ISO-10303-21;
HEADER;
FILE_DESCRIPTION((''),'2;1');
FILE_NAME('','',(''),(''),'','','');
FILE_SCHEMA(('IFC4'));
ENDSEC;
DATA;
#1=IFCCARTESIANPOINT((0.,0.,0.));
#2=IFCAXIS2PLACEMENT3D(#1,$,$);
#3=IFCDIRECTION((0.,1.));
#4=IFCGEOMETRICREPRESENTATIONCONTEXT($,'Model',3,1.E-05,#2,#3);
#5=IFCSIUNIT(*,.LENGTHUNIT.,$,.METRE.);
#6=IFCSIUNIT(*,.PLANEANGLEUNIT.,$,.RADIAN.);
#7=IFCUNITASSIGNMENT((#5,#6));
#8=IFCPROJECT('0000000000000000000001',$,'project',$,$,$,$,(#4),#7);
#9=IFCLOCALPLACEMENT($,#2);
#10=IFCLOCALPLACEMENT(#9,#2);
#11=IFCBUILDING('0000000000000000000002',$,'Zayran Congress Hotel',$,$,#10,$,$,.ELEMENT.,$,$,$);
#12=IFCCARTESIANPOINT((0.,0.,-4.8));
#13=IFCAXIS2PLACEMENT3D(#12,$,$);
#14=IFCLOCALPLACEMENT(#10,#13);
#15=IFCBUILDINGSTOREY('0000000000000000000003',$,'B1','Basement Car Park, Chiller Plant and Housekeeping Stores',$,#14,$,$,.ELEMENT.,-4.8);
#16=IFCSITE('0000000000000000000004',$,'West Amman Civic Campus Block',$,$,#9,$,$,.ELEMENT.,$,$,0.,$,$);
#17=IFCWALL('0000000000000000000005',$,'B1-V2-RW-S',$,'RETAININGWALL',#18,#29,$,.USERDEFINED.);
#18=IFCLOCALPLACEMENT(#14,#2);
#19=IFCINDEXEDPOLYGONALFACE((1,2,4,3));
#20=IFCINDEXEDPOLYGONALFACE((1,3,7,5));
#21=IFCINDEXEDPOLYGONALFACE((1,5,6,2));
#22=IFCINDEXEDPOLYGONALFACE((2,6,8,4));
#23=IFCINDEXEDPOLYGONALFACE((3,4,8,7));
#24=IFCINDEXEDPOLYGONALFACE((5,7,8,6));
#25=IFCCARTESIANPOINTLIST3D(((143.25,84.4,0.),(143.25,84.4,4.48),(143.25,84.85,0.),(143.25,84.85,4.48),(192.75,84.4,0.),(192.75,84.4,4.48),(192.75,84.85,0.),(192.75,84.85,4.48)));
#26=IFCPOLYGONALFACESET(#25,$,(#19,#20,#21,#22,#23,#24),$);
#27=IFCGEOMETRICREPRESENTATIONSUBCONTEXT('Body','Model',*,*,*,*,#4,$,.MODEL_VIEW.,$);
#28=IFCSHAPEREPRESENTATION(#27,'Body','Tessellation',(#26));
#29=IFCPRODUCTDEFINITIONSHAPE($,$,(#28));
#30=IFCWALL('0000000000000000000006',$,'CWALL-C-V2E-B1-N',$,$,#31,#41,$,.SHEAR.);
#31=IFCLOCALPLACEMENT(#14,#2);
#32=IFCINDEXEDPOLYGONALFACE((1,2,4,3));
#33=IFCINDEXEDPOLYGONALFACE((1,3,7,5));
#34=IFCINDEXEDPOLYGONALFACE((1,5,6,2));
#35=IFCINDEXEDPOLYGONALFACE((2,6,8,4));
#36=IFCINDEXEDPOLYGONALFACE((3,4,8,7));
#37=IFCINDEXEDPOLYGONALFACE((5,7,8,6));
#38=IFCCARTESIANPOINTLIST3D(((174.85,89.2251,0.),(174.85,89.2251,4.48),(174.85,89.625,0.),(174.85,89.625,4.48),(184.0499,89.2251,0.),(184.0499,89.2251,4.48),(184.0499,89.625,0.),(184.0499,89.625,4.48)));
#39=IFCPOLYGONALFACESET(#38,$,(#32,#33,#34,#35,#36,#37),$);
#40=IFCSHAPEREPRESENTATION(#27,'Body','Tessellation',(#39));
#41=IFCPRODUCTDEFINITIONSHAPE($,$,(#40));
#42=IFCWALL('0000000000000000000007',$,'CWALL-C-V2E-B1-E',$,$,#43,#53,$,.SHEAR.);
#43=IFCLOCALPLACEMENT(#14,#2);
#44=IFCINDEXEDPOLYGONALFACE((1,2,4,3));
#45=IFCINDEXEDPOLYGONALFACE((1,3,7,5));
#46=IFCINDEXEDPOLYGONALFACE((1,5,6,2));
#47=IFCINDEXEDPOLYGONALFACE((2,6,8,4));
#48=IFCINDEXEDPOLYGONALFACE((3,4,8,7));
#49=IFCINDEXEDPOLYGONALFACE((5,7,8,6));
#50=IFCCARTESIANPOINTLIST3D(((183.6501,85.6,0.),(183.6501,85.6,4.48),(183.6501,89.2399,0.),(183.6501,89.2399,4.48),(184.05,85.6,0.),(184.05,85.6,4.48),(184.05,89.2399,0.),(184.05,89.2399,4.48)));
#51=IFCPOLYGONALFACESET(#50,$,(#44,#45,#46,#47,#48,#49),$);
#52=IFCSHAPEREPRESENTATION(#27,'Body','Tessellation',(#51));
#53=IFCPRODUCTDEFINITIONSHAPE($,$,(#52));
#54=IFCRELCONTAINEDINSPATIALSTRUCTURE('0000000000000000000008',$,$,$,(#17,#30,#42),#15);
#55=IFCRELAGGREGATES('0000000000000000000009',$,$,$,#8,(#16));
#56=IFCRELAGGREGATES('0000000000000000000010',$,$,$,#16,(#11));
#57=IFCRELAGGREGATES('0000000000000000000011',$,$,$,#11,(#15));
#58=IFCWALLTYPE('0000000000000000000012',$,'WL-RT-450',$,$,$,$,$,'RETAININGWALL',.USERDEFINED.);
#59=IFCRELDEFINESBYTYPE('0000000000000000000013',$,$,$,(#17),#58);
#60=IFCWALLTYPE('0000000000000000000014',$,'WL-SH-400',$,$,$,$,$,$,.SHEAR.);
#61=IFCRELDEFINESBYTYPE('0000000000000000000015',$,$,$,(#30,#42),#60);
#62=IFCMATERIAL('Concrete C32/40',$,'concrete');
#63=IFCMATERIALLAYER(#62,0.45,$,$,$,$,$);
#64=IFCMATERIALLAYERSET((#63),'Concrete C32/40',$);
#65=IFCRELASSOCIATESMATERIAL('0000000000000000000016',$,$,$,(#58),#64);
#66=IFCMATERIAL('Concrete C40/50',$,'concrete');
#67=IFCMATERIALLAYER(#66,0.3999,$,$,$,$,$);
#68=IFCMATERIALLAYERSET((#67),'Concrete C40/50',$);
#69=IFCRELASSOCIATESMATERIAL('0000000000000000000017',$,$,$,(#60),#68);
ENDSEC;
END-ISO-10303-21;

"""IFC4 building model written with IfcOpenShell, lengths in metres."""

from ifc_helpers import new_model, si_unit, direction, frame, frame_2d, origin, place, context, subcontext, project, spatial, rectangle, extrude, material, layer, layer_set, type_object, element, save


model = new_model("IFC4")

# Units and contexts
model_context = context("Model", 3, precision=1e-05, world=origin(), true_north=direction((0.0, 1.0)))
body_context = subcontext(model_context, "Body", "Model", "MODEL_VIEW")
ifc_project = project(units=[si_unit("LENGTHUNIT", "METRE"), si_unit("PLANEANGLEUNIT", "RADIAN")], contexts=[model_context])

# Site, building, storey
site_placement = place(None, origin())
site = spatial("IfcSite", under=ifc_project, at=site_placement, Name="West Amman Civic Campus Block", CompositionType="ELEMENT", RefElevation=0.0)
building_placement = place(site_placement, origin())
building = spatial("IfcBuilding", under=site, at=building_placement, Name="Zayran Congress Hotel", CompositionType="ELEMENT")
storey_placement = place(building_placement, frame((0.0, 0.0, -4.8)))
storey = spatial("IfcBuildingStorey", under=building, at=storey_placement, Name="B1", Description="Basement Car Park, Chiller Plant and Housekeeping Stores", CompositionType="ELEMENT", Elevation=-4.8)

# Shared definitions
ifc_material_1 = material(Name="Concrete C40/50", Category="concrete")

# Walls
ifc_material_2 = material(Name="Concrete C32/40", Category="concrete")
ifc_layer_1 = layer(ifc_material_2, 0.45)
ifc_layer_set_1 = layer_set([ifc_layer_1], Name="Concrete C32/40")
wall_type_1 = type_object("IfcWallType", Name="WL-RT-450", ElementType="RETAININGWALL", PredefinedType="USERDEFINED", material=ifc_layer_set_1)
wall_1_placement = place(storey_placement, frame((192.75, 84.625, 0.0), z_axis=(0.0, 0.0, 1.0), x_axis=(-1.0, 0.0, 0.0)))
element("IfcWall", 1, at=wall_1_placement, inside=storey, type_object=wall_type_1, Name="B1-V2-RW-S", ObjectType="RETAININGWALL", PredefinedType="USERDEFINED", context=body_context, shape_type="SweptSolid", body=[
    extrude(rectangle(XDim=49.5, YDim=0.45, at=frame_2d((24.75, 0.0))), origin(), (0.0, 0.0, 1.0), 4.48),
])
ifc_layer_2 = layer(ifc_material_1, 0.3999)
ifc_layer_set_2 = layer_set([ifc_layer_2], Name="Concrete C40/50")
wall_type_2 = type_object("IfcWallType", Name="WL-SH-400", PredefinedType="SHEAR", material=ifc_layer_set_2)
wall_2_placement = place(storey_placement, frame((184.05, 89.425, 0.0), z_axis=(0.0, 0.0, 1.0), x_axis=(-1.0, 0.0, 0.0)))
element("IfcWall", 2, at=wall_2_placement, inside=storey, type_object=wall_type_2, Name="CWALL-C-V2E-B1-N", PredefinedType="SHEAR", context=body_context, shape_type="SweptSolid", body=[
    extrude(rectangle(XDim=9.2, YDim=0.3999, at=frame_2d((4.6001, 0.0))), origin(), (0.0, 0.0, 1.0), 4.48),
])
wall_3_placement = place(storey_placement, frame((183.8501, 85.6001, 0.0), z_axis=(0.0, 0.0, 1.0), x_axis=(0.0, 1.0, 0.0)))
element("IfcWall", 3, at=wall_3_placement, inside=storey, type_object=wall_type_2, Name="CWALL-C-V2E-B1-E", PredefinedType="SHEAR", context=body_context, shape_type="SweptSolid", body=[
    extrude(rectangle(XDim=3.6399, YDim=0.3999, at=frame_2d((1.8198, 0.0))), origin(), (0.0, 0.0, 1.0), 4.48),
])

save(model, "model.ifc")
